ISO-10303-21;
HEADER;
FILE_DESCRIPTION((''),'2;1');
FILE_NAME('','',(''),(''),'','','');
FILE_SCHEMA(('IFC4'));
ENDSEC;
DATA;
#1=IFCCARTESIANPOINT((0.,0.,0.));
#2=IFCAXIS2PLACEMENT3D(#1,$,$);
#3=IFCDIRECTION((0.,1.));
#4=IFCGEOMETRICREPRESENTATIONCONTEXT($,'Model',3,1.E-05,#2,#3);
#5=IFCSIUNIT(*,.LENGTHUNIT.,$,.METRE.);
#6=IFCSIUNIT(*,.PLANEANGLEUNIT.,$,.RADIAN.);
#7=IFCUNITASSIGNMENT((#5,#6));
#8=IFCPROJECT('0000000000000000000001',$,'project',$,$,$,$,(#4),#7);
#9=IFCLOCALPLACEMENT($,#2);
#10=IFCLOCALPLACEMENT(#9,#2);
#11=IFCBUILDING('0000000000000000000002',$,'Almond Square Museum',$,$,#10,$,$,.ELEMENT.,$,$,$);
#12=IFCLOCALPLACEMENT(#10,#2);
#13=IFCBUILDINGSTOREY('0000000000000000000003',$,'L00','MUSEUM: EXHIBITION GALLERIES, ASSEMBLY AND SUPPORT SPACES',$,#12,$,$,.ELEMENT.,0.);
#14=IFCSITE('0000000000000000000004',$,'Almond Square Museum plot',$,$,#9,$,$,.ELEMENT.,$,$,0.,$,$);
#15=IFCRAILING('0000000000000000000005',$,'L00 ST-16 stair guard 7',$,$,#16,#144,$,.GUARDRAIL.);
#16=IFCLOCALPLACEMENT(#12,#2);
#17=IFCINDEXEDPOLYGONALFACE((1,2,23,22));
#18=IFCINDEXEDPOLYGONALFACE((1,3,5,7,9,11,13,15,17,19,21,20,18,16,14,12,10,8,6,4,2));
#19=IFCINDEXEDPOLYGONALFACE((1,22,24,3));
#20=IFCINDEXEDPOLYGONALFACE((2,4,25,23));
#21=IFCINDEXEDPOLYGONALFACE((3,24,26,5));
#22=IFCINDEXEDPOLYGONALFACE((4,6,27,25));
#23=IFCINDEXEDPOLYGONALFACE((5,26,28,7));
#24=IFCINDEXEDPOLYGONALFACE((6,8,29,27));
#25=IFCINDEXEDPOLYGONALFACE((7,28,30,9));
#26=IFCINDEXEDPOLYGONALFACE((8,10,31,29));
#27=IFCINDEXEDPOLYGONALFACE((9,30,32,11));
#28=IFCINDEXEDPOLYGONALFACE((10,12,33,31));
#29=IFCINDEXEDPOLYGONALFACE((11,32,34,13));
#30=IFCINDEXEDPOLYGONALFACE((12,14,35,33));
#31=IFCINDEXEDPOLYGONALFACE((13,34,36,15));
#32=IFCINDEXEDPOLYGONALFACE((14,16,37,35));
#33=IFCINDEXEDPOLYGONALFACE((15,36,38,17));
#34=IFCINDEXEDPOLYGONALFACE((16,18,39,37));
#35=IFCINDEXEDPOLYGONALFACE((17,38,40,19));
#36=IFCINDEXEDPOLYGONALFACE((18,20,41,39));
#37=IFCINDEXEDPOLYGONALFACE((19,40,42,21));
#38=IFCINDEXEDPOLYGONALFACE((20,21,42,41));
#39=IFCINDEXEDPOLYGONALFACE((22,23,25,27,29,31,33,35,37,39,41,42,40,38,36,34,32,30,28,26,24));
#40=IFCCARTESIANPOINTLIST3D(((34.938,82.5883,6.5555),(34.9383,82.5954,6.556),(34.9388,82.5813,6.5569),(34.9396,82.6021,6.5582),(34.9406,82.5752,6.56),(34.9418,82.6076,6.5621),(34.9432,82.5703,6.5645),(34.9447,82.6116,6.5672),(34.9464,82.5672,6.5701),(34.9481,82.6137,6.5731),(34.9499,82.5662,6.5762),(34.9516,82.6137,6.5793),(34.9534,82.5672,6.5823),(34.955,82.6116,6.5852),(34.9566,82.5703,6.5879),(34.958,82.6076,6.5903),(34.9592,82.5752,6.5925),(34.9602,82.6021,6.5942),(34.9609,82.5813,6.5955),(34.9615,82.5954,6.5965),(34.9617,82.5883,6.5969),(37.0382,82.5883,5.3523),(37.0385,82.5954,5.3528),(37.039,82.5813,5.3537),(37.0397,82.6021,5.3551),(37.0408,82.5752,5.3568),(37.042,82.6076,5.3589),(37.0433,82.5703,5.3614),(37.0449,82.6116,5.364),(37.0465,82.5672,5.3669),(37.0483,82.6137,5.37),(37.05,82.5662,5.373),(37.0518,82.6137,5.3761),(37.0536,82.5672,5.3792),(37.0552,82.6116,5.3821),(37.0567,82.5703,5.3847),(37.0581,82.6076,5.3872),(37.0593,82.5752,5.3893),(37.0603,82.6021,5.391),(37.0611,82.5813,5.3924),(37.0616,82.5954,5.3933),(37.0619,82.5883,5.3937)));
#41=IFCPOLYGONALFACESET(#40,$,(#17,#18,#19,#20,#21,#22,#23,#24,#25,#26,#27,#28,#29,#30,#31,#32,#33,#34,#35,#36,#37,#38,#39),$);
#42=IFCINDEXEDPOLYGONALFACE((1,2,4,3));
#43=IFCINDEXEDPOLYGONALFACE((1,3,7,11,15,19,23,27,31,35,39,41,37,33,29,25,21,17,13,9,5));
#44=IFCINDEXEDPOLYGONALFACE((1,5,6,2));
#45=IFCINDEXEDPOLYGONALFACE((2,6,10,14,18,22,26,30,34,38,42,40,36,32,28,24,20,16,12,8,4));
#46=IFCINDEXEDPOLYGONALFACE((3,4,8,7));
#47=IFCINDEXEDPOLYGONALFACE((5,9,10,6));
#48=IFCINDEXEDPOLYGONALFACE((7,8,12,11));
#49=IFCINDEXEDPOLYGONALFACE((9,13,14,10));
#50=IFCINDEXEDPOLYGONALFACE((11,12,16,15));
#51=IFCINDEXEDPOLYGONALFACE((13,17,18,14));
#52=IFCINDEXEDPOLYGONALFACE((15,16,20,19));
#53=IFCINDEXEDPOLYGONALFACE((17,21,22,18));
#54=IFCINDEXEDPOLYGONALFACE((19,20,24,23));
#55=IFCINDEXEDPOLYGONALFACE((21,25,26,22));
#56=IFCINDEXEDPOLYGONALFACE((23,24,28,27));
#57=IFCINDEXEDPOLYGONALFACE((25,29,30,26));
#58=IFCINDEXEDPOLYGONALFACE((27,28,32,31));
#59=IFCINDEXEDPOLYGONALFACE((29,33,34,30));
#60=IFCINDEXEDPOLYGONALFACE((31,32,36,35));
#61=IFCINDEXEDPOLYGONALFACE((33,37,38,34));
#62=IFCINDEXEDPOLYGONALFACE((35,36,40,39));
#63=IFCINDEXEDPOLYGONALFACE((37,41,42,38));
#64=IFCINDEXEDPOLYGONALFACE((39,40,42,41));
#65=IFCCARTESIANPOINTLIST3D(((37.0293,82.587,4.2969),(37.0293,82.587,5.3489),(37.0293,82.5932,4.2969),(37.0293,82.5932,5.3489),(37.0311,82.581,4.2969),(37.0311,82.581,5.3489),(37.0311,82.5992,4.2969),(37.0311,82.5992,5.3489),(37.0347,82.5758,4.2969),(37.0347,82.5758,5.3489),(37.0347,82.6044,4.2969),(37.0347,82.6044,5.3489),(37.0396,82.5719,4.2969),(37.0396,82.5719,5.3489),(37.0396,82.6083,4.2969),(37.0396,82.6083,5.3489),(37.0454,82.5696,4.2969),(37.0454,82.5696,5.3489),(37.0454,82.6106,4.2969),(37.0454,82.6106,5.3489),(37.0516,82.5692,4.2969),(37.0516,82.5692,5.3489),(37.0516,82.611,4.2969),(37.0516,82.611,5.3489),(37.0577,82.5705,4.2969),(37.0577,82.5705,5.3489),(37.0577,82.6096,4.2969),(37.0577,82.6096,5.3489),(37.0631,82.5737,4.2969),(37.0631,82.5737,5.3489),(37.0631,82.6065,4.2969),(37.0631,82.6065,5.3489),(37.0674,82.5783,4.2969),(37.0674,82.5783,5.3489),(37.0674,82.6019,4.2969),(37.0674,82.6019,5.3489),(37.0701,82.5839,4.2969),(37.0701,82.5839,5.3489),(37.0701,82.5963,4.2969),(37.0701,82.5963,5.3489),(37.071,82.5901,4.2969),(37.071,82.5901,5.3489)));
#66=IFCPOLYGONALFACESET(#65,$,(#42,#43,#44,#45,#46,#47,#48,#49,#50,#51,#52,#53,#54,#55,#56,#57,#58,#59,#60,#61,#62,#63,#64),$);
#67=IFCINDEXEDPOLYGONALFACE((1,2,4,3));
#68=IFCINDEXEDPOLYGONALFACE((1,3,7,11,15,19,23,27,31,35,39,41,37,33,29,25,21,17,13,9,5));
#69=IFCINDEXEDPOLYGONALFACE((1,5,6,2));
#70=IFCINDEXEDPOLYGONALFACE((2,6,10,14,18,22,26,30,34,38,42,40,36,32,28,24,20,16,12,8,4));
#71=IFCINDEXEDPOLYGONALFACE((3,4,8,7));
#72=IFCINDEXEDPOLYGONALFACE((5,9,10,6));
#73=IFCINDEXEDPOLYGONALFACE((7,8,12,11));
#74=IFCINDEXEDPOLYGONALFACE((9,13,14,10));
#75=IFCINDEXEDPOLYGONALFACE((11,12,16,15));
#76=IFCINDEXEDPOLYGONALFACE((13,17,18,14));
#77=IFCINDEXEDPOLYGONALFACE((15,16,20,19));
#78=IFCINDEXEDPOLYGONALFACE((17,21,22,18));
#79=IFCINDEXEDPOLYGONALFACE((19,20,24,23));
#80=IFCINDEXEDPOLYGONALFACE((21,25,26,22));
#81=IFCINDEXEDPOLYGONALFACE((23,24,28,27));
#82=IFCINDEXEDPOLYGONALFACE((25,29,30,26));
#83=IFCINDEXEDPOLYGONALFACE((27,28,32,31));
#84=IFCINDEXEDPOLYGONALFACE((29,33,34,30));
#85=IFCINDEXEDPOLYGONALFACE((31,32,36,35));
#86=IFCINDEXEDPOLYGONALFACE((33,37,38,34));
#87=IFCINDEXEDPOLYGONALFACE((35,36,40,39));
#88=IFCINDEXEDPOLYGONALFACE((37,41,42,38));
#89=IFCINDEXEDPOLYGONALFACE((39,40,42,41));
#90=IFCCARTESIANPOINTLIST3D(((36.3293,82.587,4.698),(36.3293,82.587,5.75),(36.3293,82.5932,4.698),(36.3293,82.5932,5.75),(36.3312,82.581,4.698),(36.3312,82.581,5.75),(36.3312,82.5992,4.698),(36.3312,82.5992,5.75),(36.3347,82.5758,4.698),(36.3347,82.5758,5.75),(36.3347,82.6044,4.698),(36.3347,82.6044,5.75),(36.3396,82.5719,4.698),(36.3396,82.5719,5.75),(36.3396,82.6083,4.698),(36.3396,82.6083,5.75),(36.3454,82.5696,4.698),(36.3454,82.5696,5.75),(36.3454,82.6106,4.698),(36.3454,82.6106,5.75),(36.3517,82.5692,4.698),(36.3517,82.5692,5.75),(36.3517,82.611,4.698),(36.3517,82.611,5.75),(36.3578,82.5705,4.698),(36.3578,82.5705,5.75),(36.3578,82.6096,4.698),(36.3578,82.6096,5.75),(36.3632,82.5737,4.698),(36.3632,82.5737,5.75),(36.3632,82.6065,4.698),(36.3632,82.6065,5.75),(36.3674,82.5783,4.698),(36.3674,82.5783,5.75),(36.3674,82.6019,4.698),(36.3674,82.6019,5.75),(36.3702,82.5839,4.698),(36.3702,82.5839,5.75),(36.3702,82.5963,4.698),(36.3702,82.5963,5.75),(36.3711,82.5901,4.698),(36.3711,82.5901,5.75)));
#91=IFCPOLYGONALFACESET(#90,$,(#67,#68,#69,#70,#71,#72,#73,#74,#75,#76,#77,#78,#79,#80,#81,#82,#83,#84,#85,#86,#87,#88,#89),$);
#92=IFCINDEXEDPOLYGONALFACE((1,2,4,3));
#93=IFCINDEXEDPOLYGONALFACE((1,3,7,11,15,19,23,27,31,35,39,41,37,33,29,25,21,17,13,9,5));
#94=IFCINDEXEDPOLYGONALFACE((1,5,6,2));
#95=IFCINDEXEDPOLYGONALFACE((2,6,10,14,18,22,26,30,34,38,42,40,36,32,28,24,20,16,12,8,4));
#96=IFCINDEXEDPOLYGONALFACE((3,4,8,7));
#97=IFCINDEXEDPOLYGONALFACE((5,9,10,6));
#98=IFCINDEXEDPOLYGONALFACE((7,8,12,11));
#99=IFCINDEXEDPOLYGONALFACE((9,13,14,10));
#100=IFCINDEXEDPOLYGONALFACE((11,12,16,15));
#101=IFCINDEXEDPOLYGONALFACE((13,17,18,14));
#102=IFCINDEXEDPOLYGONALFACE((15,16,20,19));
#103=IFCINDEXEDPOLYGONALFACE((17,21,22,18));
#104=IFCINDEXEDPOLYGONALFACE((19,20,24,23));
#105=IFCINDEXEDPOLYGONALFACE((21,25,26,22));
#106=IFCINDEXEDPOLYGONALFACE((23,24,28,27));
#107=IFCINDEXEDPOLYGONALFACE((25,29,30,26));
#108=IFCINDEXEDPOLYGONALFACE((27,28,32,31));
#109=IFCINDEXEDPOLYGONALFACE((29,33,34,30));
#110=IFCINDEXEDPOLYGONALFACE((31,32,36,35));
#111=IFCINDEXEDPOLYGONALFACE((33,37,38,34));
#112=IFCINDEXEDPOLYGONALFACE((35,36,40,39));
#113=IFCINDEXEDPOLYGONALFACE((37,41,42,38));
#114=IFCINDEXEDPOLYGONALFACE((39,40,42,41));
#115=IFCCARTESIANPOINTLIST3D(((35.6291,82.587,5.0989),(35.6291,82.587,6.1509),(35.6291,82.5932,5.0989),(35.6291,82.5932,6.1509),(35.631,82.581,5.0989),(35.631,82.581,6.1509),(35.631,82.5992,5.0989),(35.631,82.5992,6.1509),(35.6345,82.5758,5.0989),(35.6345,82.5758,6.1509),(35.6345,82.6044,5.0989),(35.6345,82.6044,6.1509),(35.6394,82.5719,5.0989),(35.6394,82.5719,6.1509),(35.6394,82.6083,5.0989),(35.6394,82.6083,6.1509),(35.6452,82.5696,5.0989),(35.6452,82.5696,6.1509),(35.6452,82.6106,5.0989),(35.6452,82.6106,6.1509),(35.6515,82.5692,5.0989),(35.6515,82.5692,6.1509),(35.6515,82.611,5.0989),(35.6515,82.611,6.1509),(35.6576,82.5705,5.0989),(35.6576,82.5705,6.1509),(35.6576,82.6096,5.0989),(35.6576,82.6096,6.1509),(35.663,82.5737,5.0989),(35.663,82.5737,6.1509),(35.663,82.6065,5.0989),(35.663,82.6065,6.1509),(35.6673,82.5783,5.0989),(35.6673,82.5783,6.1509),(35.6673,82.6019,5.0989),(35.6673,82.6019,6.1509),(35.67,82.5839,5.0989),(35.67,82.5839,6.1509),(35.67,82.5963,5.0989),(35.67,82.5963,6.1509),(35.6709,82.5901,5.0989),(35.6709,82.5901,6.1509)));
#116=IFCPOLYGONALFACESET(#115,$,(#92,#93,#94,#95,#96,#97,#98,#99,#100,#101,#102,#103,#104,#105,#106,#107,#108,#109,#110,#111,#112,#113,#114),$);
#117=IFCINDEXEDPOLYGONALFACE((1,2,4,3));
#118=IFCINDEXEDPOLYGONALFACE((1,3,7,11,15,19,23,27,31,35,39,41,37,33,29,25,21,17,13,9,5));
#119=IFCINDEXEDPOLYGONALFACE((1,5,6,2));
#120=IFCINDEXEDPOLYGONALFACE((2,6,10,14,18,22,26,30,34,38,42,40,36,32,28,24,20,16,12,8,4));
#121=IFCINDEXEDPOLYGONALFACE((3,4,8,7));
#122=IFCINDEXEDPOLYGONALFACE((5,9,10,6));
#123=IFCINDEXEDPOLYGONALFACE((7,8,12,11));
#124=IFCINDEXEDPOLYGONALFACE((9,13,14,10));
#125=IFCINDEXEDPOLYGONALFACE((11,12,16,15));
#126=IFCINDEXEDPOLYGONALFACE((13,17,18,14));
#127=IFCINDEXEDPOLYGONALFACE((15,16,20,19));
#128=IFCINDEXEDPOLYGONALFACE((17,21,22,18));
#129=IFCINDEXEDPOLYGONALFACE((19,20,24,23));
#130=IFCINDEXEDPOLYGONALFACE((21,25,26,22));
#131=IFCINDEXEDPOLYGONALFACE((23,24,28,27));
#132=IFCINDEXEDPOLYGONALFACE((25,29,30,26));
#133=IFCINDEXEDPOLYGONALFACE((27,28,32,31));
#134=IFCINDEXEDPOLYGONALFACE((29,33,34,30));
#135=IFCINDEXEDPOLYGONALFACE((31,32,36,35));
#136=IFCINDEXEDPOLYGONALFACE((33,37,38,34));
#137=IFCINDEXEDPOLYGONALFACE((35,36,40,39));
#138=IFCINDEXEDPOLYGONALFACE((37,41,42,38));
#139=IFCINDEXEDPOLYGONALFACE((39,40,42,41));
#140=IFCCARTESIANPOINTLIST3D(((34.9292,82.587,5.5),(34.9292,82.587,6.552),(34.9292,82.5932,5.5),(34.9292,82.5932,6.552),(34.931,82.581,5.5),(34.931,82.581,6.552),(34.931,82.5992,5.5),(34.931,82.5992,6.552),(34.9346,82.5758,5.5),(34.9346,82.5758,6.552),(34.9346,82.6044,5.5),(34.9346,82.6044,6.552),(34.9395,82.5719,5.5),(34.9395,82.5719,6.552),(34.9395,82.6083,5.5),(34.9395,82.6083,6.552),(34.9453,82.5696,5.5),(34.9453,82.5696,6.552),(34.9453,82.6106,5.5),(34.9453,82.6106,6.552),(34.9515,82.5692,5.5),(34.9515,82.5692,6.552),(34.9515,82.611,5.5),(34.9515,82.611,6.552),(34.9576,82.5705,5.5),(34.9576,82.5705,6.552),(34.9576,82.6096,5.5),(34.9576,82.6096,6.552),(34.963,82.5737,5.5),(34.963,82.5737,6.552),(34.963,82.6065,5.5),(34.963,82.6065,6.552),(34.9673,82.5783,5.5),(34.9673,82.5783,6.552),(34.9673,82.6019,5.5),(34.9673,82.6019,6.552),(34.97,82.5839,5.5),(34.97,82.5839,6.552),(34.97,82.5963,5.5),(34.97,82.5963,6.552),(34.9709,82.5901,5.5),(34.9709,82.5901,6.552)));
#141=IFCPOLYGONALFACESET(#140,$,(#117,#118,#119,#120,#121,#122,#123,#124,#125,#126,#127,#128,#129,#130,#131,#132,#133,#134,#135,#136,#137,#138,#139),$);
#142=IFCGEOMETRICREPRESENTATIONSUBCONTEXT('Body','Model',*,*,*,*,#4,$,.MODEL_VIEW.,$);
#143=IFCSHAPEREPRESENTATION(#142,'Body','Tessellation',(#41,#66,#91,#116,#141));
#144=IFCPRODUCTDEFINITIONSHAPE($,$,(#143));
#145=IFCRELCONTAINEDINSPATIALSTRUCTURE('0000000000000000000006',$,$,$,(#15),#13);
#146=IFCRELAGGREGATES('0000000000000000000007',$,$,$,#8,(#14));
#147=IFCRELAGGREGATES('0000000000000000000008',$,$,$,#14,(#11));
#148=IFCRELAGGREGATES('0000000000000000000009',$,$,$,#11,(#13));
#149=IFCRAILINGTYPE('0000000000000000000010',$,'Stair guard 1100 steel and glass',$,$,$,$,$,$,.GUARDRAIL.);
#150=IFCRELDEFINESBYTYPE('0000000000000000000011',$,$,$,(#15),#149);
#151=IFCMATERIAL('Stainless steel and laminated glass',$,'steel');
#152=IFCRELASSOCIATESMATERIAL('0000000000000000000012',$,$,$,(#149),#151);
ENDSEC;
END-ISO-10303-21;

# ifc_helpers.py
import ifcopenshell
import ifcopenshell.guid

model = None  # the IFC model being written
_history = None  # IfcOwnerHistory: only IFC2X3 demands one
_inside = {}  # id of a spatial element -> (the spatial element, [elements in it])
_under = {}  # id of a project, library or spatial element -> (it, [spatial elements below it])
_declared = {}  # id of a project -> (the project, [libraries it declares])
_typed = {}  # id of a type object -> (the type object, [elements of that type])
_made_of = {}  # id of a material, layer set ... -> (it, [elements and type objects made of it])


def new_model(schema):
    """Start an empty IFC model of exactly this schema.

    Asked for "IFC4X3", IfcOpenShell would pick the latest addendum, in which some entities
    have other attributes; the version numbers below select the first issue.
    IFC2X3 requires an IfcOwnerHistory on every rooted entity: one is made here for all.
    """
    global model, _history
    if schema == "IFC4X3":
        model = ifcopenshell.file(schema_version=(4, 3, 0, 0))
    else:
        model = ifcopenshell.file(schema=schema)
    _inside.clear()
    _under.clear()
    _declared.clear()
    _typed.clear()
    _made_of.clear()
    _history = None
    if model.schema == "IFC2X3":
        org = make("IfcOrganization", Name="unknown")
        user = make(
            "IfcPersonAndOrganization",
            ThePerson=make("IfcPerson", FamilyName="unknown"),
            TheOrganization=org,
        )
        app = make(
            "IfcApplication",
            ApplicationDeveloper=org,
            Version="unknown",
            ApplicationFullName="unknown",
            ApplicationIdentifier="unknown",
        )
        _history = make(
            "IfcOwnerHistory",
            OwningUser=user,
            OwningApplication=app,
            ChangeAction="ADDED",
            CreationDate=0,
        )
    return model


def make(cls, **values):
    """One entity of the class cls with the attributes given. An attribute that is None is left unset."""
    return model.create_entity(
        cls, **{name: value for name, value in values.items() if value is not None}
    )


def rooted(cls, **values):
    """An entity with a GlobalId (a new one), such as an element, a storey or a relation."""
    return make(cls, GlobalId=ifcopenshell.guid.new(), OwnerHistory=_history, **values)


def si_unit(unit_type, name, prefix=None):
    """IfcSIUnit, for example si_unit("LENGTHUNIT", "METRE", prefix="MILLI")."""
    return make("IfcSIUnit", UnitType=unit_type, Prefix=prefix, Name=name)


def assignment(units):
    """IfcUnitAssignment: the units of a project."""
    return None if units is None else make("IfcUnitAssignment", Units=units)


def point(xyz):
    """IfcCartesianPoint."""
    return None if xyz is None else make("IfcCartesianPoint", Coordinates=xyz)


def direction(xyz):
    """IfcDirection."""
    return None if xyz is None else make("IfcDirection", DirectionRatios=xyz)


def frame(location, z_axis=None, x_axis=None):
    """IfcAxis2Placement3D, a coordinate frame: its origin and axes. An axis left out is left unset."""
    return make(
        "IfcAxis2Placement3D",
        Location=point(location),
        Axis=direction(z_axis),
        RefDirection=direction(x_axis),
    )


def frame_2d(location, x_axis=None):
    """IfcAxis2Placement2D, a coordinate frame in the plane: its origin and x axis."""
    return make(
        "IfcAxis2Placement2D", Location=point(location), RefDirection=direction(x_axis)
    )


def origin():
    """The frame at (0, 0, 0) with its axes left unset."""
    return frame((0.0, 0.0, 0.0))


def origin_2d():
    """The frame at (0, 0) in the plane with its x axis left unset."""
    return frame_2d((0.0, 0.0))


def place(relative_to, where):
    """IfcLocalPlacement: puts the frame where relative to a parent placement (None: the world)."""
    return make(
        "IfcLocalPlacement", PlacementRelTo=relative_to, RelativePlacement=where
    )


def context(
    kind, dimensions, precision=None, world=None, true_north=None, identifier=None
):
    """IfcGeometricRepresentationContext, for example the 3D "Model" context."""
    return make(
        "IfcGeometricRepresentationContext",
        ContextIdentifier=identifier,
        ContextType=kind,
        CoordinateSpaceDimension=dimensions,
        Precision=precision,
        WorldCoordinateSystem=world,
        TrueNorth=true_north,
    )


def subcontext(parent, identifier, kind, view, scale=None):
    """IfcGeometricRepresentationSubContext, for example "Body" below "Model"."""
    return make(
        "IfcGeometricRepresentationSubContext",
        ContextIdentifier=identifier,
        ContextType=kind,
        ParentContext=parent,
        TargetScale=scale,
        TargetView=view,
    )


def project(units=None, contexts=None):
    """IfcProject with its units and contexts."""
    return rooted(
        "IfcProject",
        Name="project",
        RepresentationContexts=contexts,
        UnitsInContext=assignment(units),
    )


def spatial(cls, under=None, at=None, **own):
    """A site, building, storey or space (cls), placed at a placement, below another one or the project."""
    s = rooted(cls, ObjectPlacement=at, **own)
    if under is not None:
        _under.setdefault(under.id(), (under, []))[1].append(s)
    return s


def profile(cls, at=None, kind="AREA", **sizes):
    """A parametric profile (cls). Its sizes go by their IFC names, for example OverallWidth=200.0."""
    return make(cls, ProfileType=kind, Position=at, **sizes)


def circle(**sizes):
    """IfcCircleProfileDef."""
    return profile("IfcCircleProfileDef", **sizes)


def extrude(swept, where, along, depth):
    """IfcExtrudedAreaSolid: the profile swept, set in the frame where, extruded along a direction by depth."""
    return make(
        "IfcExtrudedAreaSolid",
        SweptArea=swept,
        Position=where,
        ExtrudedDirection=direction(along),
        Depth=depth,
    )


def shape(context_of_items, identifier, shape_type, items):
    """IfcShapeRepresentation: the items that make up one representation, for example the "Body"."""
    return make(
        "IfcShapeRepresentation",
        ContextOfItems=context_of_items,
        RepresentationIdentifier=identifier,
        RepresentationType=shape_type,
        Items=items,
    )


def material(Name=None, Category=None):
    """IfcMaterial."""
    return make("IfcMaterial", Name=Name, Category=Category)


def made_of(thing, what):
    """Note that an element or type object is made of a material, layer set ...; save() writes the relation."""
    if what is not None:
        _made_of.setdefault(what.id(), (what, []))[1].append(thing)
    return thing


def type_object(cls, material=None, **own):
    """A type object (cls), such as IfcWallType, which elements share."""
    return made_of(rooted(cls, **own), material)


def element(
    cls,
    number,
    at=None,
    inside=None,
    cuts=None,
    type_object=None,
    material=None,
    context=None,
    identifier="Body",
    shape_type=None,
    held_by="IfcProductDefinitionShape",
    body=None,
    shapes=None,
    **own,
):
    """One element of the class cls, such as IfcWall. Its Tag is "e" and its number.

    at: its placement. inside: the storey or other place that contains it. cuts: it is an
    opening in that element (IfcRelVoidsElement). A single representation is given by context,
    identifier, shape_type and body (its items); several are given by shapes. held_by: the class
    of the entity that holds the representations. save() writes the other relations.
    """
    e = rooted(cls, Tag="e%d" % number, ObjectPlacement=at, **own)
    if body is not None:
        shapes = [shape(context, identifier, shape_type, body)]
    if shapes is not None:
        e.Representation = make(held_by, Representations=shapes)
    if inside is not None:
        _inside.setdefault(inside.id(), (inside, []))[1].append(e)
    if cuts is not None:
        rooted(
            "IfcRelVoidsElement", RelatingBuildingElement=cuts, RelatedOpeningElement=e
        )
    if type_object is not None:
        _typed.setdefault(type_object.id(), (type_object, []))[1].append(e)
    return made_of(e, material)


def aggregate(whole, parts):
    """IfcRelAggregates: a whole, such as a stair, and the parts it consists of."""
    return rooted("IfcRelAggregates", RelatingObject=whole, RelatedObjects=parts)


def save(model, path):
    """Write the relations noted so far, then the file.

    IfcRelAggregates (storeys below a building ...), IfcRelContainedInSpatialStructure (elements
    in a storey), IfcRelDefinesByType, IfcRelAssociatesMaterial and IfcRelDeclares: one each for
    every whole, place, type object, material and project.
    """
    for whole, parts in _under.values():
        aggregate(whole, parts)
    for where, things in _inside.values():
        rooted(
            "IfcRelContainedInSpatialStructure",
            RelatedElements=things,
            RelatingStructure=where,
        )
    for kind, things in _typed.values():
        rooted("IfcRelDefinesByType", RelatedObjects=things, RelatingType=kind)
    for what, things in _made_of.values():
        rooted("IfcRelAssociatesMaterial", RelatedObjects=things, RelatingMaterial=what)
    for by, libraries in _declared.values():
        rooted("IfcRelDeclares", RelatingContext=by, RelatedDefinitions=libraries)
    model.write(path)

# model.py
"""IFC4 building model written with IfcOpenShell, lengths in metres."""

from ifc_helpers import new_model, si_unit, direction, frame, origin, origin_2d, place, context, subcontext, project, spatial, circle, extrude, material, type_object, element, save


model = new_model("IFC4")

# Units and contexts
model_context = context("Model", 3, precision=1e-05, world=origin(), true_north=direction((0.0, 1.0)))
body_context = subcontext(model_context, "Body", "Model", "MODEL_VIEW")
ifc_project = project(units=[si_unit("LENGTHUNIT", "METRE"), si_unit("PLANEANGLEUNIT", "RADIAN")], contexts=[model_context])

# Site, building, storey
site_placement = place(None, origin())
site = spatial("IfcSite", under=ifc_project, at=site_placement, Name="Almond Square Museum plot", CompositionType="ELEMENT", RefElevation=0.0)
building_placement = place(site_placement, origin())
building = spatial("IfcBuilding", under=site, at=building_placement, Name="Almond Square Museum", CompositionType="ELEMENT")
storey_placement = place(building_placement, origin())
storey = spatial("IfcBuildingStorey", under=building, at=storey_placement, Name="L00", Description="MUSEUM: EXHIBITION GALLERIES, ASSEMBLY AND SUPPORT SPACES", CompositionType="ELEMENT", Elevation=0.0)

# Railing
ifc_material_1 = material(Name="Stainless steel and laminated glass", Category="steel")
railing_type_1 = type_object("IfcRailingType", Name="Stair guard 1100 steel and glass", PredefinedType="GUARDRAIL", material=ifc_material_1)
railing_1_placement = place(storey_placement, frame((37.05, 82.5901, 4.2969)))
element("IfcRailing", 1, at=railing_1_placement, inside=storey, type_object=railing_type_1, Name="L00 ST-16 stair guard 7", PredefinedType="GUARDRAIL", context=body_context, shape_type="SweptSolid", body=[
    extrude(circle(Radius=0.0239, at=origin_2d()), frame((0.0, 0.0, 1.0762), z_axis=(-0.867696, 0.0, 0.497095), x_axis=(0.0, -1.0, 0.0)), (0.0, 0.0, 1.0), 2.4204),
    extrude(circle(Radius=0.021, at=origin_2d()), origin(), (0.0, 0.0, 1.0), 1.052),
    extrude(circle(Radius=0.021, at=origin_2d()), frame((-0.7, 0.0, 0.4011)), (0.0, 0.0, 1.0), 1.052),
    extrude(circle(Radius=0.021, at=origin_2d()), frame((-1.4001, 0.0, 0.802)), (0.0, 0.0, 1.0), 1.052),
    extrude(circle(Radius=0.021, at=origin_2d()), frame((-2.1001, 0.0, 1.2031)), (0.0, 0.0, 1.0), 1.052),
])

save(model, "model.ifc")
